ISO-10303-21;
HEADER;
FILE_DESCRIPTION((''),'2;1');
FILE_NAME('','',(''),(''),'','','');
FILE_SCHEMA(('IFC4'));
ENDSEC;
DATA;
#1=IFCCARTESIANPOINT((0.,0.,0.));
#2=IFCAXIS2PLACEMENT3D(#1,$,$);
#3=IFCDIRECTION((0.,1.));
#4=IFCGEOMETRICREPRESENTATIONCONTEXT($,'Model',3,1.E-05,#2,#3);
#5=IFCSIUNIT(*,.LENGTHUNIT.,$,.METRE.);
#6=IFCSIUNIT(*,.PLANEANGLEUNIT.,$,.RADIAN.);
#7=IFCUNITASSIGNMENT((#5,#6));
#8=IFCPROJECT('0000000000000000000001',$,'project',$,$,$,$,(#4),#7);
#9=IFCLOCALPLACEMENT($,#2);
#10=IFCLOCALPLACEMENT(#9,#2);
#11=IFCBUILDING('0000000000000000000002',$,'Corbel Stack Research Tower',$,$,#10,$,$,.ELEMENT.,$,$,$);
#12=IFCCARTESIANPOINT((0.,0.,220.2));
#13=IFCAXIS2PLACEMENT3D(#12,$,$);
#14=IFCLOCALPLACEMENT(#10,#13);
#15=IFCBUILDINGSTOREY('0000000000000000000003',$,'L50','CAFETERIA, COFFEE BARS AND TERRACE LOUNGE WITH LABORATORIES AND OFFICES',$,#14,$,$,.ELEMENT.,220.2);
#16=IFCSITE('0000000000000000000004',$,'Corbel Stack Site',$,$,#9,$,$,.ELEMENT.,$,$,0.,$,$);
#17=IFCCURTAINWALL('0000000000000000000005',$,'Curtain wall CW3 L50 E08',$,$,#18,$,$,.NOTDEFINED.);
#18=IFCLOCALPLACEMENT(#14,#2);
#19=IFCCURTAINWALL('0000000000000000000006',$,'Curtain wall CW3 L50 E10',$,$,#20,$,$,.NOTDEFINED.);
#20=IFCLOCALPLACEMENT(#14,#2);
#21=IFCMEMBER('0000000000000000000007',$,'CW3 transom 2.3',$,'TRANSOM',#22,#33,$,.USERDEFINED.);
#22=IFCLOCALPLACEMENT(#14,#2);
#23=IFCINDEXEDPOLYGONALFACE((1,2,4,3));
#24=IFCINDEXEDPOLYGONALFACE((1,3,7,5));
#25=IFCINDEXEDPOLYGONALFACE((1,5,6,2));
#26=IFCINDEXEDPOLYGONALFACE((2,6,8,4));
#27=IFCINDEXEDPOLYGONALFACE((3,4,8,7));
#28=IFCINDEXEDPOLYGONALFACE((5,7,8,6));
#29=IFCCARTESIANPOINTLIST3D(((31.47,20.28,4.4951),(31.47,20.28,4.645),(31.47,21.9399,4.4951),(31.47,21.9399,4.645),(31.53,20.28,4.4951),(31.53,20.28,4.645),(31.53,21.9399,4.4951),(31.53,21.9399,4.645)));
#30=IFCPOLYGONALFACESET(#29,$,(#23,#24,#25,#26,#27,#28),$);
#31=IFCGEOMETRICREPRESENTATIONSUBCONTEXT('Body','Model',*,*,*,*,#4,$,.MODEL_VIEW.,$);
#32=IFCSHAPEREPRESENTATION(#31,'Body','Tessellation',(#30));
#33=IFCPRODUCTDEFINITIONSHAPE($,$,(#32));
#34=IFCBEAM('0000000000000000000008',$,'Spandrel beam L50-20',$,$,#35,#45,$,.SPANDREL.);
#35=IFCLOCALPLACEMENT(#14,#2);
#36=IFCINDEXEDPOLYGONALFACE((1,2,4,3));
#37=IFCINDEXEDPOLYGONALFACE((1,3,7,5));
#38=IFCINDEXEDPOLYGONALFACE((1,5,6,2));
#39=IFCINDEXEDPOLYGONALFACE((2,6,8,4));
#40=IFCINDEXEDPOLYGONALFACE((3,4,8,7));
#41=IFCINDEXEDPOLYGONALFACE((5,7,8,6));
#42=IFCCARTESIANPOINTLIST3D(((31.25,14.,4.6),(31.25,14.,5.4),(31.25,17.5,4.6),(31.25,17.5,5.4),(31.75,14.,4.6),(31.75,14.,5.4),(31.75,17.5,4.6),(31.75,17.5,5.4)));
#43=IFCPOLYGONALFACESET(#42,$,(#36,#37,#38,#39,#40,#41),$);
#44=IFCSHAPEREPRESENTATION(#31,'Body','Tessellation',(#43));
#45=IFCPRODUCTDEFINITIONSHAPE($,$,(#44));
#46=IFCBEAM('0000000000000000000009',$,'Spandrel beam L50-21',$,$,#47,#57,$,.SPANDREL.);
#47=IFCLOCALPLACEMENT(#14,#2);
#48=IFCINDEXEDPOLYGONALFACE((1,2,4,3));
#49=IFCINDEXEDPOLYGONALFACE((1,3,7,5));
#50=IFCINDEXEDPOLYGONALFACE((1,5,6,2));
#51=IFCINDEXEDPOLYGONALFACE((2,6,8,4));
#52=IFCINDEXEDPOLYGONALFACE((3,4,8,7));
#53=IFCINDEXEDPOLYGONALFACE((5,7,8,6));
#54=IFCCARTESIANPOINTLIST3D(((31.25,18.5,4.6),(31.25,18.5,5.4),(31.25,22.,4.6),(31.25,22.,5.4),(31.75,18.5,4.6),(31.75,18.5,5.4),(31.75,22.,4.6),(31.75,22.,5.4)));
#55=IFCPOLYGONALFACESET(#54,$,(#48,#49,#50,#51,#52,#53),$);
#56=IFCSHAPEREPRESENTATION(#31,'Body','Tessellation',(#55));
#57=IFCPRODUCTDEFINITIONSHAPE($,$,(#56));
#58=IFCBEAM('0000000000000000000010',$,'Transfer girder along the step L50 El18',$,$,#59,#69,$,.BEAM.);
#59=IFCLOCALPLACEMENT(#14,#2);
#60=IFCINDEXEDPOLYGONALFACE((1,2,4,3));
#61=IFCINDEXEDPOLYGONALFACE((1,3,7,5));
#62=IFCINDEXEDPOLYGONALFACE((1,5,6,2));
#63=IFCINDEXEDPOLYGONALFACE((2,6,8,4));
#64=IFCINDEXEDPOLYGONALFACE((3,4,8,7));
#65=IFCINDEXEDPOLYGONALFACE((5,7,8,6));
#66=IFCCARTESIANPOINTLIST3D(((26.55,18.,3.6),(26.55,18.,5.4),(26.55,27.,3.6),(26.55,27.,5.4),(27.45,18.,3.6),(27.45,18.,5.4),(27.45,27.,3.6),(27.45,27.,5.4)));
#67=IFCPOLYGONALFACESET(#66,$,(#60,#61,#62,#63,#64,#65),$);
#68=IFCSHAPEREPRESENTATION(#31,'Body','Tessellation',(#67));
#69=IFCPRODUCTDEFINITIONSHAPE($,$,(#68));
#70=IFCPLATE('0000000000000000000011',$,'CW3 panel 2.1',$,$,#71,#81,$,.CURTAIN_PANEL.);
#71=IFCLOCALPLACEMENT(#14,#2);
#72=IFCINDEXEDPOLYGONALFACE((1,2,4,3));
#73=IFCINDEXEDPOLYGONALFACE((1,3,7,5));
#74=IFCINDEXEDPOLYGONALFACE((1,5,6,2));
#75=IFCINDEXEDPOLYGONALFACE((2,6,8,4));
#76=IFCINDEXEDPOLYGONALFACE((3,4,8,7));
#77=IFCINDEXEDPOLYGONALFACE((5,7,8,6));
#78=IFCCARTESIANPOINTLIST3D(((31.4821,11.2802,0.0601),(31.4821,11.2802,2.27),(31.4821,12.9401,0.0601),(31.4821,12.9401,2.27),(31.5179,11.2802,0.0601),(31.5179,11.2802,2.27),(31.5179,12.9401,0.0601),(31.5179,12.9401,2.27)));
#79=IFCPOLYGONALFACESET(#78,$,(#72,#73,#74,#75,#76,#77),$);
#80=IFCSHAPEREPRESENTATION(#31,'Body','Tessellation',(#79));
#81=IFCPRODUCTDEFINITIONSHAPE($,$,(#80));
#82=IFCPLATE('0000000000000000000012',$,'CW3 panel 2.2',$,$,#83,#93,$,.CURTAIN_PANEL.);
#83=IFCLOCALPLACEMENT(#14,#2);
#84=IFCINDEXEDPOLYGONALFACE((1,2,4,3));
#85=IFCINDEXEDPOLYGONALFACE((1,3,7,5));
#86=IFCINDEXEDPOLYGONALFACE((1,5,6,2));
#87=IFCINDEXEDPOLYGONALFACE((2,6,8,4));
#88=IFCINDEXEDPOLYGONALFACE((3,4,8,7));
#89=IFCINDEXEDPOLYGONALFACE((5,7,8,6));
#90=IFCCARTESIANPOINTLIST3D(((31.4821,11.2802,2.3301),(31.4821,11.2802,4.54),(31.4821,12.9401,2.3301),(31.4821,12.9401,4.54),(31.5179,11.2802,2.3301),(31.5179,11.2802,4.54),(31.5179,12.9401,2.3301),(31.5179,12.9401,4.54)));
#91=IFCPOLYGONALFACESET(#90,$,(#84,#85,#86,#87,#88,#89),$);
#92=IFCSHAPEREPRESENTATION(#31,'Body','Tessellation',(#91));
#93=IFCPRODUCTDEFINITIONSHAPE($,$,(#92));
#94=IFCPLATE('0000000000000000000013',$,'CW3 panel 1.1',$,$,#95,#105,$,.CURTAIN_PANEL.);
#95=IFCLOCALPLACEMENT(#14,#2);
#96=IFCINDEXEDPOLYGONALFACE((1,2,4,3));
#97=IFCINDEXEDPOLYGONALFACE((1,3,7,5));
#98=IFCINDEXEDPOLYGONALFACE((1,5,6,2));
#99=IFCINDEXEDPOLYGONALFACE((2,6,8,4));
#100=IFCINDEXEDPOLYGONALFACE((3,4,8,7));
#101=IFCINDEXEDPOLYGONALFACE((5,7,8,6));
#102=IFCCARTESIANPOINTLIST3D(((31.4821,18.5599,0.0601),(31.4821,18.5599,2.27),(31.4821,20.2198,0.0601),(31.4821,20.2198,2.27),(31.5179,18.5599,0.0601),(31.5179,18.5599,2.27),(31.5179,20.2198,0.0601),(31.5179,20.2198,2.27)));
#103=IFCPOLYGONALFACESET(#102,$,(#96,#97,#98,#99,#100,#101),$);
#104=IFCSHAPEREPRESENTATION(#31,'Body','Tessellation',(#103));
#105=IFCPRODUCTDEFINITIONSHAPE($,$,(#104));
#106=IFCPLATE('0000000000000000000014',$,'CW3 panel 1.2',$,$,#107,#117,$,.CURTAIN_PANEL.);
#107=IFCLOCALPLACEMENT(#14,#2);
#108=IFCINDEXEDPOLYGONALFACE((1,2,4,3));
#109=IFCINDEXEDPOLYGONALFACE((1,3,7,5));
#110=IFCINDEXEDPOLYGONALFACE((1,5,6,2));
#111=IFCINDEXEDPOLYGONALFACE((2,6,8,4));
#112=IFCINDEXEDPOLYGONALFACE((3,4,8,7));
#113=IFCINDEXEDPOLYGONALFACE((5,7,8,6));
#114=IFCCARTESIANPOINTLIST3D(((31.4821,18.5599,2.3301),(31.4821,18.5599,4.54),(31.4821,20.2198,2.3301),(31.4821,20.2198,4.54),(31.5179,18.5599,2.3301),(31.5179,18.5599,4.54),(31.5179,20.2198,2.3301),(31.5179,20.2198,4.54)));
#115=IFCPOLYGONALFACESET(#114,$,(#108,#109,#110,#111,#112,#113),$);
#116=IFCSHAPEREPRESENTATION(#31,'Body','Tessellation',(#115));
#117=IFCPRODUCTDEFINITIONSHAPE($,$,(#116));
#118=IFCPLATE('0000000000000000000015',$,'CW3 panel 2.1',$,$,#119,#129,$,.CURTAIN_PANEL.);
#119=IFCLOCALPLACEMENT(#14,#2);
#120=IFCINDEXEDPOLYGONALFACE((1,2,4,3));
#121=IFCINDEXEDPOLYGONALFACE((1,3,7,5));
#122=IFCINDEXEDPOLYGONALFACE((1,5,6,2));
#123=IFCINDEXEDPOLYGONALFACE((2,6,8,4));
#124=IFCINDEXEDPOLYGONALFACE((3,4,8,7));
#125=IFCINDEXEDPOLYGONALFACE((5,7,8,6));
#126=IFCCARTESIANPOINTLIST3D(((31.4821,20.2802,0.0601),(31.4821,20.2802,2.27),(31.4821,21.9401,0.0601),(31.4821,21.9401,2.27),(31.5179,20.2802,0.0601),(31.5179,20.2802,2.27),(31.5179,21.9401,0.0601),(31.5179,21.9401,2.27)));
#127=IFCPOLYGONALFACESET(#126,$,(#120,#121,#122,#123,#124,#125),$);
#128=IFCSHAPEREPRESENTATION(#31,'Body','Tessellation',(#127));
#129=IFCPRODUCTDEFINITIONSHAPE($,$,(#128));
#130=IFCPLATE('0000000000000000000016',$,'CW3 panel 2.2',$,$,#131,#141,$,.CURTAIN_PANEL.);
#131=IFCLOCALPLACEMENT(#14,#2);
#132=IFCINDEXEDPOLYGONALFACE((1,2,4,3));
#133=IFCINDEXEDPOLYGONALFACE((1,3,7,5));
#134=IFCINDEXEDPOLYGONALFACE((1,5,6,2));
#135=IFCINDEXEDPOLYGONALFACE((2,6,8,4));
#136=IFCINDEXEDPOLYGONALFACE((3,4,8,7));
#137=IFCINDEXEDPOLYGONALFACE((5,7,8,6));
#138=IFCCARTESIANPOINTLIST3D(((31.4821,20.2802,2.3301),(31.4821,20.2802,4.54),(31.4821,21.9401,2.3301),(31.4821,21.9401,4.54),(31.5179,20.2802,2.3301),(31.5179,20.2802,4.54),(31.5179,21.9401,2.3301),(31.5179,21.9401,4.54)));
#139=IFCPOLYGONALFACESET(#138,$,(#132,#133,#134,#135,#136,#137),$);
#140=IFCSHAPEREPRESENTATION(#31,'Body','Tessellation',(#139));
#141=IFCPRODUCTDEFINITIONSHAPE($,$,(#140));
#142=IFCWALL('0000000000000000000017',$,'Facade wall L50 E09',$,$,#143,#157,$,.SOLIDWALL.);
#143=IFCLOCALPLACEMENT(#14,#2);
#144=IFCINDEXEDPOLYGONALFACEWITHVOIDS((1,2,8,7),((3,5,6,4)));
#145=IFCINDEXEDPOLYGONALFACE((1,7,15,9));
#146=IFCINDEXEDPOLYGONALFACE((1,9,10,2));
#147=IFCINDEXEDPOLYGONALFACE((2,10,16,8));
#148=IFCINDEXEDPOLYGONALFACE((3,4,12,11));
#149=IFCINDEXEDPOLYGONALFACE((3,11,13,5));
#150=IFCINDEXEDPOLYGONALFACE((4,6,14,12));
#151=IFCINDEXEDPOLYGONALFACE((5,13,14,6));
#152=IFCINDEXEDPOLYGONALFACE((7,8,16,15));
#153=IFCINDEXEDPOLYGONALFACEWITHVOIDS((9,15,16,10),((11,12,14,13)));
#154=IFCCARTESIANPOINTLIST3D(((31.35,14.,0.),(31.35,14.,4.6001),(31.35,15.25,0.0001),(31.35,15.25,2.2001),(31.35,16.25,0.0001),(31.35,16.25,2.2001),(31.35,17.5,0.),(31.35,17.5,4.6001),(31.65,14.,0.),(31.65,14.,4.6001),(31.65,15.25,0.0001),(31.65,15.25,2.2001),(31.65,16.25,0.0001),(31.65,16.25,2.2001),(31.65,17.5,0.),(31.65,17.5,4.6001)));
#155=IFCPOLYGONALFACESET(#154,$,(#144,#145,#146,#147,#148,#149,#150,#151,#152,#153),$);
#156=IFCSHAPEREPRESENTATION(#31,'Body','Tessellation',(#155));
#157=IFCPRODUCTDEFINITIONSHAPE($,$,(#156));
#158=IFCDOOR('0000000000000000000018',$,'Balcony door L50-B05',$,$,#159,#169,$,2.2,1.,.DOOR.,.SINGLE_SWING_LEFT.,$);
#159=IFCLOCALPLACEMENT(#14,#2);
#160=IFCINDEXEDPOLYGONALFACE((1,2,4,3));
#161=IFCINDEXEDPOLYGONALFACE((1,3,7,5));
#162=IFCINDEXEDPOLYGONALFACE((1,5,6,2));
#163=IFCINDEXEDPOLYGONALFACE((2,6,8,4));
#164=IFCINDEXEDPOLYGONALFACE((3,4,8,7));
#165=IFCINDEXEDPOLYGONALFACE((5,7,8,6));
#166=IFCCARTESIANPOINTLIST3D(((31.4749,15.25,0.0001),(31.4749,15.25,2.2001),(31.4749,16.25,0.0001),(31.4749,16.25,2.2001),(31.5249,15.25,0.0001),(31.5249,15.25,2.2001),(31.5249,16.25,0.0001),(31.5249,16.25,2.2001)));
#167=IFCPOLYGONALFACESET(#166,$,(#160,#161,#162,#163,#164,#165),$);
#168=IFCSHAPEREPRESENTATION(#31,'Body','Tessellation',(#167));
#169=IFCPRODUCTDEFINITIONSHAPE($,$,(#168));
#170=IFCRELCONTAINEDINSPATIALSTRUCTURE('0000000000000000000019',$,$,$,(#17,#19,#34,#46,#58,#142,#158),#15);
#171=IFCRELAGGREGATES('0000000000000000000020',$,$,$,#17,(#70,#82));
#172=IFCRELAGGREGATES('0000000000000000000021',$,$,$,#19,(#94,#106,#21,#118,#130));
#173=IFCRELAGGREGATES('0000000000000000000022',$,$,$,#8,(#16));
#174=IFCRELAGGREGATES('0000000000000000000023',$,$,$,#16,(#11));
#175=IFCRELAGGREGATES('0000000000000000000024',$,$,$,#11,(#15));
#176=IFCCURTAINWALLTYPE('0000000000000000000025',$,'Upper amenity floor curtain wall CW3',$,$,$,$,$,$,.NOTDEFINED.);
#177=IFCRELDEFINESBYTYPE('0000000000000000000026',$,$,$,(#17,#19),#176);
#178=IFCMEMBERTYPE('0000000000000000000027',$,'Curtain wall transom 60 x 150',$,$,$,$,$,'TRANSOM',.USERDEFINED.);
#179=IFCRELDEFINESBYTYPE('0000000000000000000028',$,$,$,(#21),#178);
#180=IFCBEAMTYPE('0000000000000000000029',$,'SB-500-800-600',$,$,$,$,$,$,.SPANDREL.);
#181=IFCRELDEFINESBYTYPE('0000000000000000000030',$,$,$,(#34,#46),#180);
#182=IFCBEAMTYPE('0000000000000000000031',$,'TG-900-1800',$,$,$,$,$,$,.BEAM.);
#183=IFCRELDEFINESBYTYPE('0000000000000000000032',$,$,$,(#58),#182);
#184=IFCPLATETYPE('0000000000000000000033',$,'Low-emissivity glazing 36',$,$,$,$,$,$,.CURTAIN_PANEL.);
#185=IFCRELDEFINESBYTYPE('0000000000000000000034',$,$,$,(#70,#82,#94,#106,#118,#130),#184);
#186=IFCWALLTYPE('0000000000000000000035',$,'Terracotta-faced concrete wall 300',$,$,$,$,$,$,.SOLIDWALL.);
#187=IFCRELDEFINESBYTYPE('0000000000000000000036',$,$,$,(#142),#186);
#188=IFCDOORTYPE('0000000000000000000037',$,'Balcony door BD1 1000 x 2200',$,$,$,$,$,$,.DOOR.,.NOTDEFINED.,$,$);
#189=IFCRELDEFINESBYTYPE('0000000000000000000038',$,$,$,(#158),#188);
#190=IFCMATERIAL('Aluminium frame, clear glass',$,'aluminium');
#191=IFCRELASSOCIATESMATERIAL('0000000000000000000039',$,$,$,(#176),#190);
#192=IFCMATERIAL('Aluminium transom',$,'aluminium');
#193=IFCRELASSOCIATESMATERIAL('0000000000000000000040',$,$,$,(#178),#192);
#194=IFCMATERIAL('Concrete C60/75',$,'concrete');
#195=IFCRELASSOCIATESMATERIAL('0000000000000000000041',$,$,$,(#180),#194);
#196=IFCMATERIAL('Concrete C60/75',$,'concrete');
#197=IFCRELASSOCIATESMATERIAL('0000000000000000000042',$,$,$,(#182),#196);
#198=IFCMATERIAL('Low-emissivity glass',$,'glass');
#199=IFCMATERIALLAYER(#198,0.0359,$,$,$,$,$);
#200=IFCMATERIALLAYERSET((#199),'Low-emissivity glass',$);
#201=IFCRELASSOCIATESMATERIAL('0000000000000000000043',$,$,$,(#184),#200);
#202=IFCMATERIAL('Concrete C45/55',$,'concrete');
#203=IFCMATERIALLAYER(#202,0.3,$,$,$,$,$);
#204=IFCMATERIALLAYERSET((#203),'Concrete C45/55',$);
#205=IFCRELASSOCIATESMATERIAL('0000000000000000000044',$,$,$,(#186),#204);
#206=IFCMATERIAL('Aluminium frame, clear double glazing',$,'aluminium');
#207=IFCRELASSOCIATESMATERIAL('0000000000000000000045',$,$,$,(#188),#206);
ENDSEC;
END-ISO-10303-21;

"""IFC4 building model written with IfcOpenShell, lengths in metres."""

from ifc_helpers import new_model, si_unit, direction, frame, frame_2d, origin, origin_2d, place, context, subcontext, project, spatial, rectangle, extrude, material, layer, layer_set, material_profile, profile_set, type_object, element, fill, aggregate, save


model = new_model("IFC4")

# Units and contexts
model_context = context("Model", 3, precision=1e-05, world=origin(), true_north=direction((0.0, 1.0)))
body_context = subcontext(model_context, "Body", "Model", "MODEL_VIEW")
ifc_project = project(units=[si_unit("LENGTHUNIT", "METRE"), si_unit("PLANEANGLEUNIT", "RADIAN")], contexts=[model_context])

# Site, building, storey
site_placement = place(None, origin())
site = spatial("IfcSite", under=ifc_project, at=site_placement, Name="Corbel Stack Site", CompositionType="ELEMENT", RefElevation=0.0)
building_placement = place(site_placement, origin())
building = spatial("IfcBuilding", under=site, at=building_placement, Name="Corbel Stack Research Tower", CompositionType="ELEMENT")
storey_placement = place(building_placement, frame((0.0, 0.0, 220.2)))
storey = spatial("IfcBuildingStorey", under=building, at=storey_placement, Name="L50", Description="CAFETERIA, COFFEE BARS AND TERRACE LOUNGE WITH LABORATORIES AND OFFICES", CompositionType="ELEMENT", Elevation=220.2)

# Curtain wall
ifc_material_1 = material(Name="Aluminium frame, clear glass", Category="aluminium")
curtain_wall_type = type_object("IfcCurtainWallType", Name="Upper amenity floor curtain wall CW3", PredefinedType="NOTDEFINED", material=ifc_material_1)
curtain_wall_1_placement = place(storey_placement, origin())
curtain_wall_1 = element("IfcCurtainWall", 1, at=curtain_wall_1_placement, inside=storey, type_object=curtain_wall_type, Name="Curtain wall CW3 L50 E08", PredefinedType="NOTDEFINED")

# Curtain wall
curtain_wall_2_placement = place(storey_placement, origin())
curtain_wall_2 = element("IfcCurtainWall", 2, at=curtain_wall_2_placement, inside=storey, type_object=curtain_wall_type, Name="Curtain wall CW3 L50 E10", PredefinedType="NOTDEFINED")

# Member
ifc_material_2 = material(Name="Aluminium transom", Category="aluminium")
ifc_material_profile_1 = material_profile(ifc_material_2, rectangle(XDim=0.0601, YDim=0.1499, at=origin_2d()), Name="Transom 60 x 150")
ifc_profile_set_1 = profile_set([ifc_material_profile_1], Name="Aluminium transom")
member_type_1 = type_object("IfcMemberType", Name="Curtain wall transom 60 x 150", ElementType="TRANSOM", PredefinedType="USERDEFINED", material=ifc_profile_set_1)
member_1_placement = place(storey_placement, frame((31.5, 20.28, 4.5701), z_axis=(0.0, 1.0, 0.0), x_axis=(-1.0, 0.0, 0.0)))
member_1 = element("IfcMember", 3, at=member_1_placement, type_object=member_type_1, Name="CW3 transom 2.3", ObjectType="TRANSOM", PredefinedType="USERDEFINED", context=body_context, shape_type="SweptSolid", body=[
    extrude(rectangle(XDim=0.0601, YDim=0.1499, at=origin_2d()), origin(), (0.0, 0.0, 1.0), 1.6599),
])

# Beams
ifc_material_3 = material(Name="Concrete C60/75", Category="concrete")
ifc_material_profile_2 = material_profile(ifc_material_3, rectangle(XDim=0.5, YDim=0.8, at=origin_2d()), Name="RC 500 x 800")
ifc_profile_set_2 = profile_set([ifc_material_profile_2], Name="Concrete C60/75")
beam_type_1 = type_object("IfcBeamType", Name="SB-500-800-600", PredefinedType="SPANDREL", material=ifc_profile_set_2)
for number, where, z_axis, x_axis, name in (
    (4, (31.5, 14.0, 5.0), (0.0, 1.0, 0.0), (-1.0, 0.0, 0.0), "Spandrel beam L50-20"),
    (5, (31.5, 18.5, 5.0), (0.0, 1.0, 0.0), (-1.0, 0.0, 0.0), "Spandrel beam L50-21"),
):
    element("IfcBeam", number, at=place(storey_placement, frame(where, z_axis=z_axis, x_axis=x_axis)), inside=storey, type_object=beam_type_1, Name=name, PredefinedType="SPANDREL", context=body_context, shape_type="SweptSolid", body=[
        extrude(rectangle(XDim=0.5, YDim=0.8, at=origin_2d()), origin(), (0.0, 0.0, 1.0), 3.5),
    ])
ifc_material_4 = material(Name="Concrete C60/75", Category="concrete")
ifc_material_profile_3 = material_profile(ifc_material_4, rectangle(XDim=0.8999, YDim=1.8, at=origin_2d()), Name="RC 900 x 1800")
ifc_profile_set_3 = profile_set([ifc_material_profile_3], Name="Concrete C60/75")
beam_type_2 = type_object("IfcBeamType", Name="TG-900-1800", PredefinedType="BEAM", material=ifc_profile_set_3)
beam_placement = place(storey_placement, frame((27.0, 18.0, 4.5), z_axis=(0.0, 1.0, 0.0), x_axis=(-1.0, 0.0, 0.0)))
element("IfcBeam", 6, at=beam_placement, inside=storey, type_object=beam_type_2, Name="Transfer girder along the step L50 El18", PredefinedType="BEAM", context=body_context, shape_type="SweptSolid", body=[
    extrude(rectangle(XDim=0.8999, YDim=1.8, at=origin_2d()), origin(), (0.0, 0.0, 1.0), 9.0),
])

# Plates
ifc_material_5 = material(Name="Low-emissivity glass", Category="glass")
ifc_layer_1 = layer(ifc_material_5, 0.0359)
ifc_layer_set_1 = layer_set([ifc_layer_1], Name="Low-emissivity glass")
plate_type = type_object("IfcPlateType", Name="Low-emissivity glazing 36", PredefinedType="CURTAIN_PANEL", material=ifc_layer_set_1)
plate_1_placement = place(storey_placement, frame((31.5, 12.1101, 0.0601), z_axis=(0.0, 0.0, 1.0), x_axis=(0.0, 1.0, 0.0)))
plate_1 = element("IfcPlate", 7, at=plate_1_placement, type_object=plate_type, Name="CW3 panel 2.1", PredefinedType="CURTAIN_PANEL", context=body_context, shape_type="SweptSolid", body=[
    extrude(rectangle(XDim=1.6599, YDim=0.0359, at=origin_2d()), origin(), (0.0, 0.0, 1.0), 2.21),
])
plate_2_placement = place(storey_placement, frame((31.5, 12.1101, 2.3301), z_axis=(0.0, 0.0, 1.0), x_axis=(0.0, 1.0, 0.0)))
plate_2 = element("IfcPlate", 8, at=plate_2_placement, type_object=plate_type, Name="CW3 panel 2.2", PredefinedType="CURTAIN_PANEL", context=body_context, shape_type="SweptSolid", body=[
    extrude(rectangle(XDim=1.6599, YDim=0.0359, at=origin_2d()), origin(), (0.0, 0.0, 1.0), 2.21),
])
aggregate(curtain_wall_1, [plate_1, plate_2])
plate_3_placement = place(storey_placement, frame((31.5, 19.3899, 0.0601), z_axis=(0.0, 0.0, 1.0), x_axis=(0.0, 1.0, 0.0)))
plate_3 = element("IfcPlate", 9, at=plate_3_placement, type_object=plate_type, Name="CW3 panel 1.1", PredefinedType="CURTAIN_PANEL", context=body_context, shape_type="SweptSolid", body=[
    extrude(rectangle(XDim=1.6599, YDim=0.0359, at=origin_2d()), origin(), (0.0, 0.0, 1.0), 2.21),
])
plate_4_placement = place(storey_placement, frame((31.5, 19.3899, 2.3301), z_axis=(0.0, 0.0, 1.0), x_axis=(0.0, 1.0, 0.0)))
plate_4 = element("IfcPlate", 10, at=plate_4_placement, type_object=plate_type, Name="CW3 panel 1.2", PredefinedType="CURTAIN_PANEL", context=body_context, shape_type="SweptSolid", body=[
    extrude(rectangle(XDim=1.6599, YDim=0.0359, at=origin_2d()), origin(), (0.0, 0.0, 1.0), 2.21),
])
plate_5_placement = place(storey_placement, frame((31.5, 21.1101, 0.0601), z_axis=(0.0, 0.0, 1.0), x_axis=(0.0, 1.0, 0.0)))
plate_5 = element("IfcPlate", 11, at=plate_5_placement, type_object=plate_type, Name="CW3 panel 2.1", PredefinedType="CURTAIN_PANEL", context=body_context, shape_type="SweptSolid", body=[
    extrude(rectangle(XDim=1.6599, YDim=0.0359, at=origin_2d()), origin(), (0.0, 0.0, 1.0), 2.21),
])
plate_6_placement = place(storey_placement, frame((31.5, 21.1101, 2.3301), z_axis=(0.0, 0.0, 1.0), x_axis=(0.0, 1.0, 0.0)))
plate_6 = element("IfcPlate", 12, at=plate_6_placement, type_object=plate_type, Name="CW3 panel 2.2", PredefinedType="CURTAIN_PANEL", context=body_context, shape_type="SweptSolid", body=[
    extrude(rectangle(XDim=1.6599, YDim=0.0359, at=origin_2d()), origin(), (0.0, 0.0, 1.0), 2.21),
])
aggregate(curtain_wall_2, [plate_3, plate_4, member_1, plate_5, plate_6])

# Wall, opening, door
ifc_material_6 = material(Name="Concrete C45/55", Category="concrete")
ifc_layer_2 = layer(ifc_material_6, 0.3)
ifc_layer_set_2 = layer_set([ifc_layer_2], Name="Concrete C45/55")
wall_type = type_object("IfcWallType", Name="Terracotta-faced concrete wall 300", PredefinedType="SOLIDWALL", material=ifc_layer_set_2)
wall_placement = place(storey_placement, frame((31.5, 17.5, 0.0), z_axis=(0.0, 0.0, 1.0), x_axis=(0.0, -1.0, 0.0)))
wall = element("IfcWall", 13, at=wall_placement, inside=storey, type_object=wall_type, Name="Facade wall L50 E09", PredefinedType="SOLIDWALL", context=body_context, shape_type="SweptSolid", body=[
    extrude(rectangle(XDim=3.5, YDim=0.3, at=frame_2d((1.75, 0.0))), origin(), (0.0, 0.0, 1.0), 4.6001),
])
opening_placement = place(wall_placement, frame((1.25, 0.0, 0.0)))
opening = element("IfcOpeningElement", 14, at=opening_placement, cuts=wall, PredefinedType="OPENING", context=body_context, shape_type="SweptSolid", body=[
    extrude(rectangle(XDim=1.0, YDim=2.2, at=frame_2d((0.5, 1.1001))), frame((0.0, 0.1599, 0.0), z_axis=(0.0, -1.0, 0.0), x_axis=(1.0, 0.0, 0.0)), (0.0, 0.0, 1.0), 0.3201),
])
ifc_material_7 = material(Name="Aluminium frame, clear double glazing", Category="aluminium")
door_type = type_object("IfcDoorType", Name="Balcony door BD1 1000 x 2200", OperationType="NOTDEFINED", PredefinedType="DOOR", material=ifc_material_7)
door_placement = place(opening_placement, origin())
door = element("IfcDoor", 15, at=door_placement, inside=storey, type_object=door_type, Name="Balcony door L50-B05", OperationType="SINGLE_SWING_LEFT", OverallHeight=2.2, OverallWidth=1.0, PredefinedType="DOOR", context=body_context, shape_type="SweptSolid", body=[
    extrude(rectangle(XDim=1.0, YDim=2.2, at=frame_2d((0.5, 1.1001))), frame((0.0, 0.0249, 0.0), z_axis=(0.0, -1.0, 0.0), x_axis=(1.0, 0.0, 0.0)), (0.0, 0.0, 1.0), 0.05),
])
fill(opening, door)

save(model, "model.ifc")
